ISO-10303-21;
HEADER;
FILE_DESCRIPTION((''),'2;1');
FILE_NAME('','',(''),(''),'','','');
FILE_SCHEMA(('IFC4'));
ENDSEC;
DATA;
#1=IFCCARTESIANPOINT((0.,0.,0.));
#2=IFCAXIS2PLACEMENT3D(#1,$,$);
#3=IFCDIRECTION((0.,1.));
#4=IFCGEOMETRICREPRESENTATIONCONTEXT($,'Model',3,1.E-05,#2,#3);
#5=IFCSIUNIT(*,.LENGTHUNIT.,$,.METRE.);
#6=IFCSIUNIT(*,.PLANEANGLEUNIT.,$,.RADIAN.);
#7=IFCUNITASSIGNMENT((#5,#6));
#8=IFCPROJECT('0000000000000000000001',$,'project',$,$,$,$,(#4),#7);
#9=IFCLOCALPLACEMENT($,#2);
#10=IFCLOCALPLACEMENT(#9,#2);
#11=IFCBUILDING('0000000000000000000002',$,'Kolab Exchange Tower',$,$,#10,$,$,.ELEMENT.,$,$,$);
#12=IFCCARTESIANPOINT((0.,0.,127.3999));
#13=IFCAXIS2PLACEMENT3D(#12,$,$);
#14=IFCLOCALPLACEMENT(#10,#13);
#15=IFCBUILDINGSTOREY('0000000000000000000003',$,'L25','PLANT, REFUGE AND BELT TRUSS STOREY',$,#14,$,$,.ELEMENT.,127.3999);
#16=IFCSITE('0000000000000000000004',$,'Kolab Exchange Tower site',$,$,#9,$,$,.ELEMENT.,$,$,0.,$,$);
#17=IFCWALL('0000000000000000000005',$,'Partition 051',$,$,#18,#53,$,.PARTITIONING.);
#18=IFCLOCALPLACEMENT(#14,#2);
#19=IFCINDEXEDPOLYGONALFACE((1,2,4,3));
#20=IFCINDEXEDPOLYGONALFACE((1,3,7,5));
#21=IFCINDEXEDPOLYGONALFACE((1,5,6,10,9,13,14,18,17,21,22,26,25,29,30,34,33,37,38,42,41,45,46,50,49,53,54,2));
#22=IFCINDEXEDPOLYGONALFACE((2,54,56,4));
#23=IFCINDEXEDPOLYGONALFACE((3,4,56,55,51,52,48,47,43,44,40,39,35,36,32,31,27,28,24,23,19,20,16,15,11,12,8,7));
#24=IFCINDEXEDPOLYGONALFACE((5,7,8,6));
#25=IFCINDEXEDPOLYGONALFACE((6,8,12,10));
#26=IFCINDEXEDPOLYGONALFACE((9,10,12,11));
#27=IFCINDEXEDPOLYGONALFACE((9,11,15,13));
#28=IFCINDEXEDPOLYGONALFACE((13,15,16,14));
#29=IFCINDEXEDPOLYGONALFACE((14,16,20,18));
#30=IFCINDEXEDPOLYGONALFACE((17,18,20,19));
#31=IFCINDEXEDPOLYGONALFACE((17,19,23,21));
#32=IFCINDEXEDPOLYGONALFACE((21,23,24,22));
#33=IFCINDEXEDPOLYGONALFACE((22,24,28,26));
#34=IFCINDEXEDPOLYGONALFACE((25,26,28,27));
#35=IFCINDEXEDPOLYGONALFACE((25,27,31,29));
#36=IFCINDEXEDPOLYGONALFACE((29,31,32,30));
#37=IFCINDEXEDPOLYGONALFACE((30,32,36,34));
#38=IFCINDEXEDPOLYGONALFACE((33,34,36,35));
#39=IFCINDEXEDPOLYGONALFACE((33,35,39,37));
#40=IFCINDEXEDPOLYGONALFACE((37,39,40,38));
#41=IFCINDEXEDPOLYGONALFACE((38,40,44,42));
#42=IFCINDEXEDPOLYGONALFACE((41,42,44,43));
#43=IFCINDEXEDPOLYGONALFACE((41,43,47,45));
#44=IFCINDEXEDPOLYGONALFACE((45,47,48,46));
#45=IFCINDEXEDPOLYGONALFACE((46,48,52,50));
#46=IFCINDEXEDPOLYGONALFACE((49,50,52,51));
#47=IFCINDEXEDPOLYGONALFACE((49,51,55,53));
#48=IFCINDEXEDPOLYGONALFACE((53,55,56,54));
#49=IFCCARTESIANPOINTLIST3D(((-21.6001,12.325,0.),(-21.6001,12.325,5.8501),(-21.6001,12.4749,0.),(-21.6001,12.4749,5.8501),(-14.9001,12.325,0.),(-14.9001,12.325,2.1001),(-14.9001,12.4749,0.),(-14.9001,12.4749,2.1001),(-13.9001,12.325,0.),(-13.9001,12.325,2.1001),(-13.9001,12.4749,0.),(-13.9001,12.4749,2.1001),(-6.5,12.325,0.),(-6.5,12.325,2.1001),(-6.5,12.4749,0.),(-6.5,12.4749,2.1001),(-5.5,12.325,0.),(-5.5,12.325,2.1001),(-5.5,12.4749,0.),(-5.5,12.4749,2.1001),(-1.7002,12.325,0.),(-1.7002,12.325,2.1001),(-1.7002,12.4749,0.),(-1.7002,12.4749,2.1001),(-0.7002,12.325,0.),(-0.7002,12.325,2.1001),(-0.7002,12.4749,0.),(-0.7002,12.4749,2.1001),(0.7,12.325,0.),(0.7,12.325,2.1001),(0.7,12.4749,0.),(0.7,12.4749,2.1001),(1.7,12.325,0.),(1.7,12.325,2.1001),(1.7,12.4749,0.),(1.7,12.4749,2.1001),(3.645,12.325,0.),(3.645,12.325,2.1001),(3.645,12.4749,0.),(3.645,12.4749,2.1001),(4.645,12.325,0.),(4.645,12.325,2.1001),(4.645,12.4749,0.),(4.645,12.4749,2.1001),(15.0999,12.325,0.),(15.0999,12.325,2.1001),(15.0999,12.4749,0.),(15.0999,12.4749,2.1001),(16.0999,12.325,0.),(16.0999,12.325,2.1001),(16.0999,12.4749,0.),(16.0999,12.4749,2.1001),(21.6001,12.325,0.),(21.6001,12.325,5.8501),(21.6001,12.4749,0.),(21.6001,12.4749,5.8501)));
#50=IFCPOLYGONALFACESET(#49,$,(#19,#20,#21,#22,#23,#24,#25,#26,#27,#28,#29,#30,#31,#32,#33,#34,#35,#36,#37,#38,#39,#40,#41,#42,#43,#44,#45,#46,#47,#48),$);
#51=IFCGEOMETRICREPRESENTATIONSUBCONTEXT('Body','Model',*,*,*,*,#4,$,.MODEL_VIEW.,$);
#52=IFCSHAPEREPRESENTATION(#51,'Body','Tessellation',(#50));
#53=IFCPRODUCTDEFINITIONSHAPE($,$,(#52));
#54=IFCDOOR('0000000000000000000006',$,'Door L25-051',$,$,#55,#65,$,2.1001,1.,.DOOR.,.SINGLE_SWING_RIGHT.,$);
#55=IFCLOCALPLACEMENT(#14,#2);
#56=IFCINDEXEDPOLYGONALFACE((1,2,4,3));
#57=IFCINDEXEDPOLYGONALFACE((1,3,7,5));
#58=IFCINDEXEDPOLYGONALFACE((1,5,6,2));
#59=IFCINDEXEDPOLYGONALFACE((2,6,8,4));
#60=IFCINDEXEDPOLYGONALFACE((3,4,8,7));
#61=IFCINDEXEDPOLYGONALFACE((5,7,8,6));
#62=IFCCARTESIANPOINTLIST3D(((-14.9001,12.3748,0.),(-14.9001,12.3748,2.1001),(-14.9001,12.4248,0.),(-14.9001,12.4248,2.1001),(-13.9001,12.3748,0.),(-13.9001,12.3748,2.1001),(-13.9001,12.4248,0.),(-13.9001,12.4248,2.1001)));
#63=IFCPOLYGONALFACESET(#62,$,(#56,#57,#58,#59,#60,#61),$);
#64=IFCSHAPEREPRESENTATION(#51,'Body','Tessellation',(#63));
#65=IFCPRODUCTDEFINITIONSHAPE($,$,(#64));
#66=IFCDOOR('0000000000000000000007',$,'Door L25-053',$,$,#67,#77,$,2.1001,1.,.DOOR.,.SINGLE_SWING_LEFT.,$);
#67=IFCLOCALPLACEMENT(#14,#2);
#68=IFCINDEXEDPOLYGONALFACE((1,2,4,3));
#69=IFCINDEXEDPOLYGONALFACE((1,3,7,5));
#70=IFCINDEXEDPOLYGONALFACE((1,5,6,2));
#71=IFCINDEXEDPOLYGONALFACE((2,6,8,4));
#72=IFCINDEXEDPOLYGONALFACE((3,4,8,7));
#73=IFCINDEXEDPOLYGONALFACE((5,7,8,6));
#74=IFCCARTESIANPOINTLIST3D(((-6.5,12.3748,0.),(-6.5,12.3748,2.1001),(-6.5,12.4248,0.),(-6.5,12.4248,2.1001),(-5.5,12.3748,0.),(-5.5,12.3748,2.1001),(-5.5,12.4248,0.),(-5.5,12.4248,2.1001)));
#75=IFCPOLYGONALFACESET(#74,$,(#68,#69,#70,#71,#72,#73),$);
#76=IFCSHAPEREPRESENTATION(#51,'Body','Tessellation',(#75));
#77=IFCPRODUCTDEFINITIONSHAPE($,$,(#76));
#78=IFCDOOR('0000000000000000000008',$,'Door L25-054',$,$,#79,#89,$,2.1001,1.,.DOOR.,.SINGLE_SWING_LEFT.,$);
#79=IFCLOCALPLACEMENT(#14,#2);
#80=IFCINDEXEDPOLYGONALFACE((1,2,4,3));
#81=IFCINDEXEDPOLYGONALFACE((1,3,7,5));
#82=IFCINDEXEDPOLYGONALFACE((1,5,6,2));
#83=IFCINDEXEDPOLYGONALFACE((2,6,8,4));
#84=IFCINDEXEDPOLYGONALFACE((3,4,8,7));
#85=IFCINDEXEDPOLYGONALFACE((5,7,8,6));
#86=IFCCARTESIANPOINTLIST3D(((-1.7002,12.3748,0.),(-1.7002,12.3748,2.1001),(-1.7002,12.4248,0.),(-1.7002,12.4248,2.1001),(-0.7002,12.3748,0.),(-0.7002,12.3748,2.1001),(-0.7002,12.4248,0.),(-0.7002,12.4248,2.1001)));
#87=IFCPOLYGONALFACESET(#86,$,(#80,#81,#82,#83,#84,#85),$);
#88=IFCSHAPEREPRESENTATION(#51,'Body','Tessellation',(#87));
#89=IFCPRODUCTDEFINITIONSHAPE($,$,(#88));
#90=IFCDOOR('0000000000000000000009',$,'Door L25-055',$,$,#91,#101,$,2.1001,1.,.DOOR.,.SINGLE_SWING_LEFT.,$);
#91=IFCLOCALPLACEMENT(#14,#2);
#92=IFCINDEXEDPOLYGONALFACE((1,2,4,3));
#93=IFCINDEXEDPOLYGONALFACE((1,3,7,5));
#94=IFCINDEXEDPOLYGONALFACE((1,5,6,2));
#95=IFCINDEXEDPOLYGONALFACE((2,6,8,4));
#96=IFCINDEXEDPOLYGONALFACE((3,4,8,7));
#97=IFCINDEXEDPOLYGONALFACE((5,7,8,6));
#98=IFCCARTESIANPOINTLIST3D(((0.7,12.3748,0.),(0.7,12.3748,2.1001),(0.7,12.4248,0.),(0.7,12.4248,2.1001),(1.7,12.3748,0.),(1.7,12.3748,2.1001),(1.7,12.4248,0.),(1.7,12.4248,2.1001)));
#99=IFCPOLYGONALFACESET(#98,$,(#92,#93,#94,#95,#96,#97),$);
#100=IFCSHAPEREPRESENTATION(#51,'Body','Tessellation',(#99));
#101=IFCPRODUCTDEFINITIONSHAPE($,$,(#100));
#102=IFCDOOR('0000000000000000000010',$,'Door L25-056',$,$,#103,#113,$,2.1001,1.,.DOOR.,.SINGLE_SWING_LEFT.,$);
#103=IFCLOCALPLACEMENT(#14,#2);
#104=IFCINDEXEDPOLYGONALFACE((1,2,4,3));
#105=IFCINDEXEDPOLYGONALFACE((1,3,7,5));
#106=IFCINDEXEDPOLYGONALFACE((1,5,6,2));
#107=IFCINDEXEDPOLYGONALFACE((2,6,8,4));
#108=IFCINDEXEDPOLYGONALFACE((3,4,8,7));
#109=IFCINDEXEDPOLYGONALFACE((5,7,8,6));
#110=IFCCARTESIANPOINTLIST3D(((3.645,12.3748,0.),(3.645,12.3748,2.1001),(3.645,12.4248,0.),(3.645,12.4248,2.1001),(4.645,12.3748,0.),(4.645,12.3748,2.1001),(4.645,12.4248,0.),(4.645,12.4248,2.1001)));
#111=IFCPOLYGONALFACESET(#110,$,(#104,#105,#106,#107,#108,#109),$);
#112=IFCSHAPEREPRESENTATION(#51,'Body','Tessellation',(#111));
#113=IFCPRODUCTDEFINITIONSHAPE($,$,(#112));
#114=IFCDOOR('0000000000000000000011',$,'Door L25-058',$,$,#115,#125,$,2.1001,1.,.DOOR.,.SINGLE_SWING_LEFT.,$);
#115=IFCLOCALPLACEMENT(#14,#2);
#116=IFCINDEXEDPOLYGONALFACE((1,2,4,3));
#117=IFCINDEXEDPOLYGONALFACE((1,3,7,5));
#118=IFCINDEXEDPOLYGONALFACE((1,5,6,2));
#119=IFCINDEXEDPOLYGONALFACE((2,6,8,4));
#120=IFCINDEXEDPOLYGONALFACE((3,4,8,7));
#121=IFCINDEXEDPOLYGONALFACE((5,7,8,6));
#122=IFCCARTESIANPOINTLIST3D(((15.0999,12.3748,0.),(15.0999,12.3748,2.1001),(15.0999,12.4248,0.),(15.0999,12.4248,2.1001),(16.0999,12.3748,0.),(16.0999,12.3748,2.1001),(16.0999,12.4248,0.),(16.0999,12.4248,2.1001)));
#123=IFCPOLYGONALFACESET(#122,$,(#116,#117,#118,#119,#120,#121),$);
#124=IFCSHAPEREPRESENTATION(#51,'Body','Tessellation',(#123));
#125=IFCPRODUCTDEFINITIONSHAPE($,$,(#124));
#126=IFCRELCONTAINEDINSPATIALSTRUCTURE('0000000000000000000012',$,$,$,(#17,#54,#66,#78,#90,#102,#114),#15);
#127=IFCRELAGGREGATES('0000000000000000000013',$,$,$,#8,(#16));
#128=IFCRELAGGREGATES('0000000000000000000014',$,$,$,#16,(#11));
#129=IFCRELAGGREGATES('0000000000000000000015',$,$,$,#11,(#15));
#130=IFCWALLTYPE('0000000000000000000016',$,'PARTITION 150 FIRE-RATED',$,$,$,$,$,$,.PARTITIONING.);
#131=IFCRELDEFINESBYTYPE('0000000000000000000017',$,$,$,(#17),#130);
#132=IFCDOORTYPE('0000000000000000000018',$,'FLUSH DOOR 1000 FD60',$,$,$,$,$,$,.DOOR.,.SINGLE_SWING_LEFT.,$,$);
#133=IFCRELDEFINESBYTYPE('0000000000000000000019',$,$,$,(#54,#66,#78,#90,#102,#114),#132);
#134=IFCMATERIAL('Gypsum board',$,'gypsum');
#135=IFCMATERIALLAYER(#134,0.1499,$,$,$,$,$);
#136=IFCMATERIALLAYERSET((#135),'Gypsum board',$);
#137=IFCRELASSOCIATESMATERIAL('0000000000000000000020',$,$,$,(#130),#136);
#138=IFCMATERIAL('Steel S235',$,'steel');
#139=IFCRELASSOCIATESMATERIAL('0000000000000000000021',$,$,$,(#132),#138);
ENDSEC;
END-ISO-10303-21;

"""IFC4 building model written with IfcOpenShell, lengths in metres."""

from ifc_helpers import new_model, si_unit, direction, frame, frame_2d, origin, place, context, subcontext, project, spatial, rectangle, extrude, material, layer, layer_set, type_object, element, fill, save


model = new_model("IFC4")

# Units and contexts
model_context = context("Model", 3, precision=1e-05, world=origin(), true_north=direction((0.0, 1.0)))
body_context = subcontext(model_context, "Body", "Model", "MODEL_VIEW")
ifc_project = project(units=[si_unit("LENGTHUNIT", "METRE"), si_unit("PLANEANGLEUNIT", "RADIAN")], contexts=[model_context])

# Site, building, storey
site_placement = place(None, origin())
site = spatial("IfcSite", under=ifc_project, at=site_placement, Name="Kolab Exchange Tower site", CompositionType="ELEMENT", RefElevation=0.0)
building_placement = place(site_placement, origin())
building = spatial("IfcBuilding", under=site, at=building_placement, Name="Kolab Exchange Tower", CompositionType="ELEMENT")
storey_placement = place(building_placement, frame((0.0, 0.0, 127.3999)))
storey = spatial("IfcBuildingStorey", under=building, at=storey_placement, Name="L25", Description="PLANT, REFUGE AND BELT TRUSS STOREY", CompositionType="ELEMENT", Elevation=127.3999)

# Wall, openings, doors
ifc_material_1 = material(Name="Gypsum board", Category="gypsum")
ifc_layer_1 = layer(ifc_material_1, 0.1499)
ifc_layer_set_1 = layer_set([ifc_layer_1], Name="Gypsum board")
wall_type = type_object("IfcWallType", Name="PARTITION 150 FIRE-RATED", PredefinedType="PARTITIONING", material=ifc_layer_set_1)
wall_placement = place(storey_placement, frame((-21.6001, 12.3999, 0.0), z_axis=(0.0, 0.0, 1.0), x_axis=(1.0, 0.0, 0.0)))
wall = element("IfcWall", 1, at=wall_placement, inside=storey, type_object=wall_type, Name="Partition 051", PredefinedType="PARTITIONING", context=body_context, shape_type="SweptSolid", body=[
    extrude(rectangle(XDim=43.2002, YDim=0.1499, at=frame_2d((21.6001, 0.0))), origin(), (0.0, 0.0, 1.0), 5.8501),
])
opening_1_placement = place(wall_placement, frame((6.7, 0.0, 0.0)))
opening_1 = element("IfcOpeningElement", 2, at=opening_1_placement, cuts=wall, PredefinedType="OPENING", context=body_context, shape_type="SweptSolid", body=[
    extrude(rectangle(XDim=1.0, YDim=2.1001, at=frame_2d((0.5, 1.05))), frame((0.0, 0.085, 0.0), z_axis=(0.0, -1.0, 0.0), x_axis=(1.0, 0.0, 0.0)), (0.0, 0.0, 1.0), 0.1699),
])
opening_2_placement = place(wall_placement, frame((15.1001, 0.0, 0.0)))
opening_2 = element("IfcOpeningElement", 3, at=opening_2_placement, cuts=wall, PredefinedType="OPENING", context=body_context, shape_type="SweptSolid", body=[
    extrude(rectangle(XDim=1.0, YDim=2.1001, at=frame_2d((0.5, 1.05))), frame((0.0, 0.085, 0.0), z_axis=(0.0, -1.0, 0.0), x_axis=(1.0, 0.0, 0.0)), (0.0, 0.0, 1.0), 0.1699),
])
opening_3_placement = place(wall_placement, frame((19.8999, 0.0, 0.0)))
opening_3 = element("IfcOpeningElement", 4, at=opening_3_placement, cuts=wall, PredefinedType="OPENING", context=body_context, shape_type="SweptSolid", body=[
    extrude(rectangle(XDim=1.0, YDim=2.1001, at=frame_2d((0.5, 1.05))), frame((0.0, 0.085, 0.0), z_axis=(0.0, -1.0, 0.0), x_axis=(1.0, 0.0, 0.0)), (0.0, 0.0, 1.0), 0.1699),
])
opening_4_placement = place(wall_placement, frame((22.3, 0.0, 0.0)))
opening_4 = element("IfcOpeningElement", 5, at=opening_4_placement, cuts=wall, PredefinedType="OPENING", context=body_context, shape_type="SweptSolid", body=[
    extrude(rectangle(XDim=1.0, YDim=2.1001, at=frame_2d((0.5, 1.05))), frame((0.0, 0.085, 0.0), z_axis=(0.0, -1.0, 0.0), x_axis=(1.0, 0.0, 0.0)), (0.0, 0.0, 1.0), 0.1699),
])
opening_5_placement = place(wall_placement, frame((25.2451, 0.0, 0.0)))
opening_5 = element("IfcOpeningElement", 6, at=opening_5_placement, cuts=wall, PredefinedType="OPENING", context=body_context, shape_type="SweptSolid", body=[
    extrude(rectangle(XDim=1.0, YDim=2.1001, at=frame_2d((0.5, 1.05))), frame((0.0, 0.085, 0.0), z_axis=(0.0, -1.0, 0.0), x_axis=(1.0, 0.0, 0.0)), (0.0, 0.0, 1.0), 0.1699),
])
opening_6_placement = place(wall_placement, frame((36.7, 0.0, 0.0)))
opening_6 = element("IfcOpeningElement", 7, at=opening_6_placement, cuts=wall, PredefinedType="OPENING", context=body_context, shape_type="SweptSolid", body=[
    extrude(rectangle(XDim=1.0, YDim=2.1001, at=frame_2d((0.5, 1.05))), frame((0.0, 0.085, 0.0), z_axis=(0.0, -1.0, 0.0), x_axis=(1.0, 0.0, 0.0)), (0.0, 0.0, 1.0), 0.1699),
])
ifc_material_2 = material(Name="Steel S235", Category="steel")
door_type = type_object("IfcDoorType", Name="FLUSH DOOR 1000 FD60", OperationType="SINGLE_SWING_LEFT", PredefinedType="DOOR", material=ifc_material_2)
door_1_placement = place(opening_1_placement, origin())
door_1 = element("IfcDoor", 8, at=door_1_placement, inside=storey, type_object=door_type, Name="Door L25-051", OperationType="SINGLE_SWING_RIGHT", OverallHeight=2.1001, OverallWidth=1.0, PredefinedType="DOOR", context=body_context, shape_type="SweptSolid", body=[
    extrude(rectangle(XDim=1.0, YDim=2.1001, at=frame_2d((0.5, 1.05))), frame((0.0, 0.0249, 0.0), z_axis=(0.0, -1.0, 0.0), x_axis=(1.0, 0.0, 0.0)), (0.0, 0.0, 1.0), 0.05),
])
fill(opening_1, door_1)
door_2_placement = place(opening_2_placement, origin())
door_2 = element("IfcDoor", 9, at=door_2_placement, inside=storey, type_object=door_type, Name="Door L25-053", OperationType="SINGLE_SWING_LEFT", OverallHeight=2.1001, OverallWidth=1.0, PredefinedType="DOOR", context=body_context, shape_type="SweptSolid", body=[
    extrude(rectangle(XDim=1.0, YDim=2.1001, at=frame_2d((0.5, 1.05))), frame((0.0, 0.0249, 0.0), z_axis=(0.0, -1.0, 0.0), x_axis=(1.0, 0.0, 0.0)), (0.0, 0.0, 1.0), 0.05),
])
fill(opening_2, door_2)
door_3_placement = place(opening_3_placement, origin())
door_3 = element("IfcDoor", 10, at=door_3_placement, inside=storey, type_object=door_type, Name="Door L25-054", OperationType="SINGLE_SWING_LEFT", OverallHeight=2.1001, OverallWidth=1.0, PredefinedType="DOOR", context=body_context, shape_type="SweptSolid", body=[
    extrude(rectangle(XDim=1.0, YDim=2.1001, at=frame_2d((0.5, 1.05))), frame((0.0, 0.0249, 0.0), z_axis=(0.0, -1.0, 0.0), x_axis=(1.0, 0.0, 0.0)), (0.0, 0.0, 1.0), 0.05),
])
fill(opening_3, door_3)
door_4_placement = place(opening_4_placement, origin())
door_4 = element("IfcDoor", 11, at=door_4_placement, inside=storey, type_object=door_type, Name="Door L25-055", OperationType="SINGLE_SWING_LEFT", OverallHeight=2.1001, OverallWidth=1.0, PredefinedType="DOOR", context=body_context, shape_type="SweptSolid", body=[
    extrude(rectangle(XDim=1.0, YDim=2.1001, at=frame_2d((0.5, 1.05))), frame((0.0, 0.0249, 0.0), z_axis=(0.0, -1.0, 0.0), x_axis=(1.0, 0.0, 0.0)), (0.0, 0.0, 1.0), 0.05),
])
fill(opening_4, door_4)
door_5_placement = place(opening_5_placement, origin())
door_5 = element("IfcDoor", 12, at=door_5_placement, inside=storey, type_object=door_type, Name="Door L25-056", OperationType="SINGLE_SWING_LEFT", OverallHeight=2.1001, OverallWidth=1.0, PredefinedType="DOOR", context=body_context, shape_type="SweptSolid", body=[
    extrude(rectangle(XDim=1.0, YDim=2.1001, at=frame_2d((0.5, 1.05))), frame((0.0, 0.0249, 0.0), z_axis=(0.0, -1.0, 0.0), x_axis=(1.0, 0.0, 0.0)), (0.0, 0.0, 1.0), 0.05),
])
fill(opening_5, door_5)
door_6_placement = place(opening_6_placement, origin())
door_6 = element("IfcDoor", 13, at=door_6_placement, inside=storey, type_object=door_type, Name="Door L25-058", OperationType="SINGLE_SWING_LEFT", OverallHeight=2.1001, OverallWidth=1.0, PredefinedType="DOOR", context=body_context, shape_type="SweptSolid", body=[
    extrude(rectangle(XDim=1.0, YDim=2.1001, at=frame_2d((0.5, 1.05))), frame((0.0, 0.0249, 0.0), z_axis=(0.0, -1.0, 0.0), x_axis=(1.0, 0.0, 0.0)), (0.0, 0.0, 1.0), 0.05),
])
fill(opening_6, door_6)

save(model, "model.ifc")
